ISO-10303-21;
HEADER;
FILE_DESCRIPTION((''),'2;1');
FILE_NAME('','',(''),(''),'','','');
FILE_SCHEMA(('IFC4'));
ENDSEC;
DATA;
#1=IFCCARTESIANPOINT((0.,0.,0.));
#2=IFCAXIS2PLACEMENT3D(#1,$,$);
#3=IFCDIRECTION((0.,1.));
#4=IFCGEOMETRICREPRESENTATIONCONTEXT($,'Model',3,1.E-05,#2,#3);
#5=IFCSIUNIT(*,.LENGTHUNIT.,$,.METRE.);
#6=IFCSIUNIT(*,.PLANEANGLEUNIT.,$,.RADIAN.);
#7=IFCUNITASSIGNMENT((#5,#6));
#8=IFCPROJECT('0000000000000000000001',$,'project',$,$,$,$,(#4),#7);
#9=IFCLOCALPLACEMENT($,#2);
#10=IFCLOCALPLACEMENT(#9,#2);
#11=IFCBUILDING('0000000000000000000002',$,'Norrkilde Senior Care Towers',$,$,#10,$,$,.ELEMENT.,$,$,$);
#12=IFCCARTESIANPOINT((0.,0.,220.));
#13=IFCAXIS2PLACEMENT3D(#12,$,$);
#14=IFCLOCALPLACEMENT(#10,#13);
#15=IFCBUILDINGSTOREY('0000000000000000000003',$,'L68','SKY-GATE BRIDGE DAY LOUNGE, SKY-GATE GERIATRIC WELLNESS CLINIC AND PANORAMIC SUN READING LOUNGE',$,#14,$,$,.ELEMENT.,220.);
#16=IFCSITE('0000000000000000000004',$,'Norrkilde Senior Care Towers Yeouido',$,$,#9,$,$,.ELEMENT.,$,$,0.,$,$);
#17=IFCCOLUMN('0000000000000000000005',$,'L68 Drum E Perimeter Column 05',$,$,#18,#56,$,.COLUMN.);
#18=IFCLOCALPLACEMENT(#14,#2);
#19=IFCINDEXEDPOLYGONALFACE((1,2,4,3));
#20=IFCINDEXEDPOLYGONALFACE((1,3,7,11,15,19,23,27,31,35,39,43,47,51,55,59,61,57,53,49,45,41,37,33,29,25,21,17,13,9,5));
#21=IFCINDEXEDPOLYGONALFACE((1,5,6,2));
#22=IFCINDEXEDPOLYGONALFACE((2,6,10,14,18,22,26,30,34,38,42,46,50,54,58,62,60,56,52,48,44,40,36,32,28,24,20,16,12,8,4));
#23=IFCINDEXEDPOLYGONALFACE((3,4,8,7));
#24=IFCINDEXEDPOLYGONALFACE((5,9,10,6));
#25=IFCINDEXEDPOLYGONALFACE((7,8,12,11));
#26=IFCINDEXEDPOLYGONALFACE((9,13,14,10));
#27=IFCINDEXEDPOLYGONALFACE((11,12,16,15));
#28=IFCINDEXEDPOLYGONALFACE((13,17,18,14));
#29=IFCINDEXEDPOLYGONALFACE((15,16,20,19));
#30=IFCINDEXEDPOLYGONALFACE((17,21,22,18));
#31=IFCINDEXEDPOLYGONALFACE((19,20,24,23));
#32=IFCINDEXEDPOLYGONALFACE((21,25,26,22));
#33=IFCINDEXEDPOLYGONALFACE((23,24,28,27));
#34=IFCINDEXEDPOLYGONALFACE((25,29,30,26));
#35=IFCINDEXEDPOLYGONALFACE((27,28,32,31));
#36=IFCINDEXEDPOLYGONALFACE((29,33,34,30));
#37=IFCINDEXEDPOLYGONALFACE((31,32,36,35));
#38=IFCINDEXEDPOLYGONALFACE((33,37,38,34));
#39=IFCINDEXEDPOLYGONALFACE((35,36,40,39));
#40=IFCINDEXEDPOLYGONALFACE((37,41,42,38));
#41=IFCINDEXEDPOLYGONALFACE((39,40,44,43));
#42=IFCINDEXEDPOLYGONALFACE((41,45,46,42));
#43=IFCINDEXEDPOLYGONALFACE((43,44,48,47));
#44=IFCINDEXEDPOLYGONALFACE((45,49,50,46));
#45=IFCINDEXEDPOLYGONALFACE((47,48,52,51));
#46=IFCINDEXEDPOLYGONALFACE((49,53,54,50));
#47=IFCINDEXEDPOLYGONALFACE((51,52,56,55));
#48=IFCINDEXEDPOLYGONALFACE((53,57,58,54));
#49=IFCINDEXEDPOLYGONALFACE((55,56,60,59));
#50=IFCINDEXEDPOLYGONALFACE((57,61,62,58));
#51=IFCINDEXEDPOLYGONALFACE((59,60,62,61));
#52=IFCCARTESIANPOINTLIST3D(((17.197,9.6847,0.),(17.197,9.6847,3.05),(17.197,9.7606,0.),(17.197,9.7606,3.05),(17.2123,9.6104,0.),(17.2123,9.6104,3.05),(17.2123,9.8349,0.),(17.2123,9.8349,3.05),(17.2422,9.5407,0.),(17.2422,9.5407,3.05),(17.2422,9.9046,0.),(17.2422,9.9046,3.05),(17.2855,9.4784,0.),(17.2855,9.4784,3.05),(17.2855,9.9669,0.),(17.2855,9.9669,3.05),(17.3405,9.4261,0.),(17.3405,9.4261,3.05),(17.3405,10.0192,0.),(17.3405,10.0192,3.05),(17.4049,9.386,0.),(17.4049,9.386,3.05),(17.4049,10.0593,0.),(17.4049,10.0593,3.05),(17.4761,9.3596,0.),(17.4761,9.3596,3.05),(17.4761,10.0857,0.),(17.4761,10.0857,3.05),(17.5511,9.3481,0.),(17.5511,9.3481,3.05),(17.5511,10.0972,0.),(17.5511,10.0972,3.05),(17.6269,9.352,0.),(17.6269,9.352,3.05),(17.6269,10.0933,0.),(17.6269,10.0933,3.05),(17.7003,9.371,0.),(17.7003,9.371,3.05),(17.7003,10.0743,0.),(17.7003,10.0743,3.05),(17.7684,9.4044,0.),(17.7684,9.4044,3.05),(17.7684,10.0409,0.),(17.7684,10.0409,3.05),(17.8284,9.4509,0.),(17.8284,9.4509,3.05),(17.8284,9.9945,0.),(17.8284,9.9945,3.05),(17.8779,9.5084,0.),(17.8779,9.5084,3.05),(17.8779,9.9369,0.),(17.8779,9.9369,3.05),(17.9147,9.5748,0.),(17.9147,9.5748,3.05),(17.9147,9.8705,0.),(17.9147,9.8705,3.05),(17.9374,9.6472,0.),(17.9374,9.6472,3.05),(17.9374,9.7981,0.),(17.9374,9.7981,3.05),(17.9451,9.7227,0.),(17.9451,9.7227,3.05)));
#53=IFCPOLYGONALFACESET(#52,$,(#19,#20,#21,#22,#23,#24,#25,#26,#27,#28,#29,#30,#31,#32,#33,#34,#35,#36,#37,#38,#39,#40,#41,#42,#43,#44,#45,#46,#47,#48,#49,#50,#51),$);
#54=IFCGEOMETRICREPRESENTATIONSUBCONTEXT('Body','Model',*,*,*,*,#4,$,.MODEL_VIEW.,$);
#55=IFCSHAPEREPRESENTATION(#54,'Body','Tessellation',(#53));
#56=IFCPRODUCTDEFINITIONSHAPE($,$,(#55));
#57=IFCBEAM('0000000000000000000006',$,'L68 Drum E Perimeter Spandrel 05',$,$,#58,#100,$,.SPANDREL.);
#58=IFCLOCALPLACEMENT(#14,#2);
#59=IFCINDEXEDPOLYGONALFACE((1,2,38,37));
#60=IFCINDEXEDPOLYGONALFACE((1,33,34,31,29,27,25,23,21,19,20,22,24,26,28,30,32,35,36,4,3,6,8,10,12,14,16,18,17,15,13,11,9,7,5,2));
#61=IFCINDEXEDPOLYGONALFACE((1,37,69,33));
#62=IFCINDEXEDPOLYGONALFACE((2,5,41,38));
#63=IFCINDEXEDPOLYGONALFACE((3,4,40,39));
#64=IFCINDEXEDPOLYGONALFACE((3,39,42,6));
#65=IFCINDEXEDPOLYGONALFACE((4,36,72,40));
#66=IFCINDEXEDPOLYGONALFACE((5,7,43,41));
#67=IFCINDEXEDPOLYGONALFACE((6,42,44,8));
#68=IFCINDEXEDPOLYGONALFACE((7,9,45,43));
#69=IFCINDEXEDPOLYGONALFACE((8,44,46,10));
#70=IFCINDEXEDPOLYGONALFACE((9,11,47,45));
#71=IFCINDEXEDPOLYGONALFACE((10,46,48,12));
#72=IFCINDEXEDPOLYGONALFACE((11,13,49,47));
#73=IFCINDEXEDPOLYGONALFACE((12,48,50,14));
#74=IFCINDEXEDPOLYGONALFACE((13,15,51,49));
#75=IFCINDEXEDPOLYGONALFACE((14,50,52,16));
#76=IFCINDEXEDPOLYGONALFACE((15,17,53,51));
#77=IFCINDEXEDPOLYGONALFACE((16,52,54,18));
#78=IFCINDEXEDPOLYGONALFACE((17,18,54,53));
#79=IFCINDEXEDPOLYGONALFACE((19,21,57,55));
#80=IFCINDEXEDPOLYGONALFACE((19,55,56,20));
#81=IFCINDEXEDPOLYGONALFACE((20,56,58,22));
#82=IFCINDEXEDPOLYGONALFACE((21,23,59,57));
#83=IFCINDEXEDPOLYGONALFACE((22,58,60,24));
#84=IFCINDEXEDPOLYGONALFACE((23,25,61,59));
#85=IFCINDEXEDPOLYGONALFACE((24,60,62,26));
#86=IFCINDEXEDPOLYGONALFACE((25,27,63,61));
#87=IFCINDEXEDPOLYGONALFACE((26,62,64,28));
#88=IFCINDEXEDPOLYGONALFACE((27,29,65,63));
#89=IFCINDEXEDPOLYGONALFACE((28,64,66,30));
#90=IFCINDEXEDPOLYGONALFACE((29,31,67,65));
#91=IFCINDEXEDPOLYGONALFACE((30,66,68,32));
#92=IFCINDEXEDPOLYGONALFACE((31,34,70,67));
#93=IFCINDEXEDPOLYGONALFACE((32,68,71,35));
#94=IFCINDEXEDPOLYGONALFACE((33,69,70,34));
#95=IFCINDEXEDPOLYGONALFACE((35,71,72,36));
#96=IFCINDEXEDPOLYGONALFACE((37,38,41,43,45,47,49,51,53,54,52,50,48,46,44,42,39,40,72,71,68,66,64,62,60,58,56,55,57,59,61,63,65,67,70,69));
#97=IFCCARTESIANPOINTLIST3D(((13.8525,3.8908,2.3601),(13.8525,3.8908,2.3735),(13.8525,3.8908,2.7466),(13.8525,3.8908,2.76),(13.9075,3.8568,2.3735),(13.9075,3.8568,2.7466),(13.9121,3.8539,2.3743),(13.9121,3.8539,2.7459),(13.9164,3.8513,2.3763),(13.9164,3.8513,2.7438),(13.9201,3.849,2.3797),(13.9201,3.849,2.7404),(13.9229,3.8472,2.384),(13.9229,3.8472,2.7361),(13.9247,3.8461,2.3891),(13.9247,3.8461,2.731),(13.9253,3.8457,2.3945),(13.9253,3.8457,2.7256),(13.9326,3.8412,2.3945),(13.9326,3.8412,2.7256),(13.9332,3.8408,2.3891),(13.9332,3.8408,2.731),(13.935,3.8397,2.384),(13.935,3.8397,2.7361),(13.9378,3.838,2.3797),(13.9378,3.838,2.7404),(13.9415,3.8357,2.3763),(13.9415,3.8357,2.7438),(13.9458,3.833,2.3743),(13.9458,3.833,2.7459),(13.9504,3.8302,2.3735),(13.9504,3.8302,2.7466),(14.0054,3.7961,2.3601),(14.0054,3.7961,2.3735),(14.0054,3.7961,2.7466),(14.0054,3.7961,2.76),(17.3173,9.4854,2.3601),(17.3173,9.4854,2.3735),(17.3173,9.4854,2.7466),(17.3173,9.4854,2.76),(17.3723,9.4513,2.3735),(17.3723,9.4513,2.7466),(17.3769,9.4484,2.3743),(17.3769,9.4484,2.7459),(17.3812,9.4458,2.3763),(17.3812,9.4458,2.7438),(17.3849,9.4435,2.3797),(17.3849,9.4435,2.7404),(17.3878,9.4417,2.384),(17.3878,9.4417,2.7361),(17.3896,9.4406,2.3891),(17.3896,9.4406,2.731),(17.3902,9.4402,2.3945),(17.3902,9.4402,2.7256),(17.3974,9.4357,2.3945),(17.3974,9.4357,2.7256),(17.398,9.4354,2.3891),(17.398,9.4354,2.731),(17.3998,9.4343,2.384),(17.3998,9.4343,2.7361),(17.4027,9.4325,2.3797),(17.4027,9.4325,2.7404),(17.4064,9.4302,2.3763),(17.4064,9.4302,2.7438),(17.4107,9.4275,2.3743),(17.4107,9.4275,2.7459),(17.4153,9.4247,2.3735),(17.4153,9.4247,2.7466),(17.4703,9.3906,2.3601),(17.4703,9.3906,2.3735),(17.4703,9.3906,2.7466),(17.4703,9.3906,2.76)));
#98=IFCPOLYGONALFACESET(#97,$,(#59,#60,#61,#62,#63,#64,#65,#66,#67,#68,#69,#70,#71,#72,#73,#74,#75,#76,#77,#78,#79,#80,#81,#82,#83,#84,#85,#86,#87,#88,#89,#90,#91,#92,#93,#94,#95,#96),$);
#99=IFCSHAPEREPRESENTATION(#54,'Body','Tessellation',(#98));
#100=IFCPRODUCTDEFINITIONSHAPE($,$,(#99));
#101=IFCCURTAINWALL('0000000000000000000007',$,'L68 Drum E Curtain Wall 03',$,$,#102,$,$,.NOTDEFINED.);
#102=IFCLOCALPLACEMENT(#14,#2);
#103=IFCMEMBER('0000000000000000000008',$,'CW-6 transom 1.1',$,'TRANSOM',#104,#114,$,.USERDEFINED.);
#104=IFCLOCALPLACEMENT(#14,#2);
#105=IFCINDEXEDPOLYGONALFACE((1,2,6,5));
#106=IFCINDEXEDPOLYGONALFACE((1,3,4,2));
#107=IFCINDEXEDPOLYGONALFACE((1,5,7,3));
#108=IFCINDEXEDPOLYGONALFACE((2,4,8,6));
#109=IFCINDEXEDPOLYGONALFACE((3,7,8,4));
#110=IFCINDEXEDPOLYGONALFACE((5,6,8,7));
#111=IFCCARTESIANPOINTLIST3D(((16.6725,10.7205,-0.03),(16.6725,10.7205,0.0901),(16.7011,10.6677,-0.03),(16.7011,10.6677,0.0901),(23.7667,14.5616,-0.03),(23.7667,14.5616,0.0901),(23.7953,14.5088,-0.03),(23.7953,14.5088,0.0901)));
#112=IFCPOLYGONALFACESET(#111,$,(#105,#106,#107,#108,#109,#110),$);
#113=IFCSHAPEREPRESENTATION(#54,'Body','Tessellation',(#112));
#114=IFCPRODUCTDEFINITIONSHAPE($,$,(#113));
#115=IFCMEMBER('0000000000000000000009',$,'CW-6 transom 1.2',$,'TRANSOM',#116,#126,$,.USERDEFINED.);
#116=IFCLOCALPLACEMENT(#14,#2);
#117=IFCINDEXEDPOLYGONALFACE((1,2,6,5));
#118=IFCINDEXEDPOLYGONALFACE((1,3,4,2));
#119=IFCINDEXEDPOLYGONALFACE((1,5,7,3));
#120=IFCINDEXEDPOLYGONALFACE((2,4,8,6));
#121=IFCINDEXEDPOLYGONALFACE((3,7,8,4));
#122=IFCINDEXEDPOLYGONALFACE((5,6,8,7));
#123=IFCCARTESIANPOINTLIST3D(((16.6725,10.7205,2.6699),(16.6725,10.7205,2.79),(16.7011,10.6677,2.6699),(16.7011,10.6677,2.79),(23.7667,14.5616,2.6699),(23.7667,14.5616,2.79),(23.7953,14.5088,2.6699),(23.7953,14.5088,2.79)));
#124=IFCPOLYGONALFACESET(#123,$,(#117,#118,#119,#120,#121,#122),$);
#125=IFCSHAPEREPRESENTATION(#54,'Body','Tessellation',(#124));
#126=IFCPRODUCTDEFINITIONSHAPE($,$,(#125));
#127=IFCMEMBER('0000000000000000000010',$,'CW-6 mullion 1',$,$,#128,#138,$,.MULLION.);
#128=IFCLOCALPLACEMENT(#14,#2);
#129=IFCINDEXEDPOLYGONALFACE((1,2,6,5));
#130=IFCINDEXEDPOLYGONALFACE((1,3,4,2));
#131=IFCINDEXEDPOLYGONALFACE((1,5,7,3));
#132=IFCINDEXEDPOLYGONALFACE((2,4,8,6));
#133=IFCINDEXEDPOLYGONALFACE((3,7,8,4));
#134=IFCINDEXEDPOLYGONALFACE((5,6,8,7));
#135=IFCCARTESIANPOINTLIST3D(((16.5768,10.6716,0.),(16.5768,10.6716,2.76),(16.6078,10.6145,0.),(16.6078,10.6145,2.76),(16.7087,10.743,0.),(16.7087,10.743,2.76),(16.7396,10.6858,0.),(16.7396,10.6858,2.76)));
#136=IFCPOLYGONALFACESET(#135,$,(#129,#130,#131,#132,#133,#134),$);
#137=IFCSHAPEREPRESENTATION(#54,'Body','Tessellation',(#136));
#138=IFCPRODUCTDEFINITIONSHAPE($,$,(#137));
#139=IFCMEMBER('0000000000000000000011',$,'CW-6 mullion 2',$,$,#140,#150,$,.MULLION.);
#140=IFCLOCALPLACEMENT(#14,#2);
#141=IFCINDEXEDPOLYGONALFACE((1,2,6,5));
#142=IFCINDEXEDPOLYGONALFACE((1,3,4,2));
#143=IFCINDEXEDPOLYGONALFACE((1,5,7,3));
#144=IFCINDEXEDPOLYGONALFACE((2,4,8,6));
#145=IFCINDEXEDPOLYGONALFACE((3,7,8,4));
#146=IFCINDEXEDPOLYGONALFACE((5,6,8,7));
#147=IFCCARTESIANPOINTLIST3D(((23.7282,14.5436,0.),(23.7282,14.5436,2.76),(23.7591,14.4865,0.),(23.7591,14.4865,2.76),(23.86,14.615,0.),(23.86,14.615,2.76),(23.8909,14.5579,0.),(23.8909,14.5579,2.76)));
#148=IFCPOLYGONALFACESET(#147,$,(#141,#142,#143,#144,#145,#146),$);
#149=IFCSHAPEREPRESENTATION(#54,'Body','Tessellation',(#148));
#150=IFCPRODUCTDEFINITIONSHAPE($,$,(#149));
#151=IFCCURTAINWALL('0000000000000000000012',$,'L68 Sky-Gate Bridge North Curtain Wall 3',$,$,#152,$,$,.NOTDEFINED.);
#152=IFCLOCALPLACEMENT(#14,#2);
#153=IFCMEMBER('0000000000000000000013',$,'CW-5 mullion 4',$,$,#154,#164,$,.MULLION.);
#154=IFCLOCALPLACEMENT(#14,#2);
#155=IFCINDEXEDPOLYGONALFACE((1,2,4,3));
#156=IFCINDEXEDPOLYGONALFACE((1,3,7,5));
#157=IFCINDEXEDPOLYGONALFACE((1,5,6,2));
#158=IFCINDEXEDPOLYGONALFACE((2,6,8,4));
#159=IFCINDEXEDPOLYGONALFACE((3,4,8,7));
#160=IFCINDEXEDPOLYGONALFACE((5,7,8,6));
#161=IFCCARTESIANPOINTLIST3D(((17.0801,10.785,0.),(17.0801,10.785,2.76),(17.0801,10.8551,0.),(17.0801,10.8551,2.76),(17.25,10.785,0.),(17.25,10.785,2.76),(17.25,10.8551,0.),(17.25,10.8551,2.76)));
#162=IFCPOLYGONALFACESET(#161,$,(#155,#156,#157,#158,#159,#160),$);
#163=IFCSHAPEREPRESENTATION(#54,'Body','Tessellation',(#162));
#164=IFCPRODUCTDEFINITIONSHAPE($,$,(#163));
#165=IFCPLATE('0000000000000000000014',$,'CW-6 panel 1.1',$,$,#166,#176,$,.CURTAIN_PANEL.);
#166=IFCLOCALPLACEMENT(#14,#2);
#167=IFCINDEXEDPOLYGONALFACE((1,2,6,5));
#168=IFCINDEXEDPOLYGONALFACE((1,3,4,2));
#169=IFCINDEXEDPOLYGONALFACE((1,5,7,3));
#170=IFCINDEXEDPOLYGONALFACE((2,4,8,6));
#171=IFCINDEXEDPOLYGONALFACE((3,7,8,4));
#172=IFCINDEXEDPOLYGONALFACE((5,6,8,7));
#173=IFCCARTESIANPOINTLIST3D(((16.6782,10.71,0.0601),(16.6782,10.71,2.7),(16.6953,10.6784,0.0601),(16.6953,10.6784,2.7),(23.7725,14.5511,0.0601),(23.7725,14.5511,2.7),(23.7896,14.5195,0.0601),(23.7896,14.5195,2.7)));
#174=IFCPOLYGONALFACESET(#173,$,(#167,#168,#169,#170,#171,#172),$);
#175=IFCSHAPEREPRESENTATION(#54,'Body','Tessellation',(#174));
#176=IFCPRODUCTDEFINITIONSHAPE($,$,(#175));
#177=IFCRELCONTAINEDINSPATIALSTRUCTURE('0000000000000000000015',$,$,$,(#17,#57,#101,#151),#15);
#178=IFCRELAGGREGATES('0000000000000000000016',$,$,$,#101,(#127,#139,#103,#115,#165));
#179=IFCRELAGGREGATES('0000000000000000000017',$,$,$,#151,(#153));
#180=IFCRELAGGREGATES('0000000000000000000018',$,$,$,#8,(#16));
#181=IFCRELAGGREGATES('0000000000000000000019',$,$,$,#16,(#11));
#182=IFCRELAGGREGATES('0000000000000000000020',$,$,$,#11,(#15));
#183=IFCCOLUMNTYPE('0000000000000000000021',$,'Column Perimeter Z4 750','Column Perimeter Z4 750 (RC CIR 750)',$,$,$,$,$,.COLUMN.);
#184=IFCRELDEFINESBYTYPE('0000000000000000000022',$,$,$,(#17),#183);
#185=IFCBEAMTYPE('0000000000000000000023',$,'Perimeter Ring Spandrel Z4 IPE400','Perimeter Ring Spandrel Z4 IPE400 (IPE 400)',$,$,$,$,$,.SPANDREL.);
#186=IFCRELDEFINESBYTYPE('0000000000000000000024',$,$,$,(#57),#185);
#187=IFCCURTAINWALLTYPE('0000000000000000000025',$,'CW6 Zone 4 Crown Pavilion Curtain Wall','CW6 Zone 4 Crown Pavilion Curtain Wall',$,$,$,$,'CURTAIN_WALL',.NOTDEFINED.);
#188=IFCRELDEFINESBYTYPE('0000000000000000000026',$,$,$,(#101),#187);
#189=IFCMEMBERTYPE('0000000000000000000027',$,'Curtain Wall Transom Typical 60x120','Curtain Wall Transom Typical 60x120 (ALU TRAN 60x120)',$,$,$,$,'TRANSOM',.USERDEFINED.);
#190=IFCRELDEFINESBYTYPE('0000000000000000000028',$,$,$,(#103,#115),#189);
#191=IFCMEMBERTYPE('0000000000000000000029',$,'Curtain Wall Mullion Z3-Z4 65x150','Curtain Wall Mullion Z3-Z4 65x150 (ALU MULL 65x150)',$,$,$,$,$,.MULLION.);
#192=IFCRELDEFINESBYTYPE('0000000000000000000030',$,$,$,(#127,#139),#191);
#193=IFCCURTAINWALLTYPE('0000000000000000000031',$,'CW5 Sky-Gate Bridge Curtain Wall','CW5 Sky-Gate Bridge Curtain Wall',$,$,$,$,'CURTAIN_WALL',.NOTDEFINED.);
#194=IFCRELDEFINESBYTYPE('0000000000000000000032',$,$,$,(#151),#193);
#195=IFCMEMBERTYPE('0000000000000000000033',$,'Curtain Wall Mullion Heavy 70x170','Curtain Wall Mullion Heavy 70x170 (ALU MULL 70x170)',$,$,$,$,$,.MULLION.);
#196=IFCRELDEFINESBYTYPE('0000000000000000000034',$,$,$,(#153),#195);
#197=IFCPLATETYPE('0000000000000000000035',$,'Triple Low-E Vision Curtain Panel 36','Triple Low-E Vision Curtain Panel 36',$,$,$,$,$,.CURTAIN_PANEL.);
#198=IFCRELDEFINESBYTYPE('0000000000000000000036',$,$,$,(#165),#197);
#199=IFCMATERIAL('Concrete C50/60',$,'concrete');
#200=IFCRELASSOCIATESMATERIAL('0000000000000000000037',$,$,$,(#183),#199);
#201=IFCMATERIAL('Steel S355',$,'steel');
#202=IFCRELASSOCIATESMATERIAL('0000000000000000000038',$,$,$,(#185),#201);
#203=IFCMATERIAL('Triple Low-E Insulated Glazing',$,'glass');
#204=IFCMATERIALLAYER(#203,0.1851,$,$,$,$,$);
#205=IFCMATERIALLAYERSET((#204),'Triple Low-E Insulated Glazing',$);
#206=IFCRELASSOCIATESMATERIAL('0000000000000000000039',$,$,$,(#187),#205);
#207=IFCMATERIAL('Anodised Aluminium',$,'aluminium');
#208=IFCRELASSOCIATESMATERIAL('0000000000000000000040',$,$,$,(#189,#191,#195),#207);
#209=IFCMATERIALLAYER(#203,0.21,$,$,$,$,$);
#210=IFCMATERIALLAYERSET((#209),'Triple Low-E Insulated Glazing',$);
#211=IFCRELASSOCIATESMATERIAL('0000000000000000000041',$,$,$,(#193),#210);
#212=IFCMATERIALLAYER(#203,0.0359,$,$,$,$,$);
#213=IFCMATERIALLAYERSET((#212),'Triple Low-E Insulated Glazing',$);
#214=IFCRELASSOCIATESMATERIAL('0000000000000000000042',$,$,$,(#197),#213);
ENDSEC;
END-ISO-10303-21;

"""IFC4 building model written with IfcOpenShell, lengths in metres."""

from ifc_helpers import new_model, si_unit, direction, frame, origin, origin_2d, place, context, subcontext, project, spatial, rectangle, circle, i_section, extrude, source, transform, mapped, material, layer, layer_set, material_profile, profile_set, type_object, type_shapes, element, aggregate, save


model = new_model("IFC4")

# Units and contexts
model_context = context("Model", 3, precision=1e-05, world=origin(), true_north=direction((0.0, 1.0)))
body_context = subcontext(model_context, "Body", "Model", "MODEL_VIEW")
ifc_project = project(units=[si_unit("LENGTHUNIT", "METRE"), si_unit("PLANEANGLEUNIT", "RADIAN")], contexts=[model_context])

# Site, building, storey
site_placement = place(None, origin())
site = spatial("IfcSite", under=ifc_project, at=site_placement, Name="Norrkilde Senior Care Towers Yeouido", CompositionType="ELEMENT", RefElevation=0.0)
building_placement = place(site_placement, origin())
building = spatial("IfcBuilding", under=site, at=building_placement, Name="Norrkilde Senior Care Towers", CompositionType="ELEMENT")
storey_placement = place(building_placement, frame((0.0, 0.0, 220.0)))
storey = spatial("IfcBuildingStorey", under=building, at=storey_placement, Name="L68", Description="SKY-GATE BRIDGE DAY LOUNGE, SKY-GATE GERIATRIC WELLNESS CLINIC AND PANORAMIC SUN READING LOUNGE", CompositionType="ELEMENT", Elevation=220.0)

# Column
ifc_material_1 = material(Name="Concrete C50/60", Category="concrete")
ifc_material_profile_1 = material_profile(ifc_material_1, circle(Radius=0.375, at=origin_2d()), Name="RC CIR 750")
ifc_profile_set_1 = profile_set([ifc_material_profile_1], Name="Concrete C50/60")
column_type = type_object("IfcColumnType", Name="Column Perimeter Z4 750", Description="Column Perimeter Z4 750 (RC CIR 750)", PredefinedType="COLUMN", material=ifc_profile_set_1)
shared_shape_1 = source(origin(), body_context, "Body", "SweptSolid", [
    extrude(circle(Radius=0.375, at=origin_2d()), origin(), (0.0, 0.0, 1.0), 3.05),
])
type_shapes(column_type, [shared_shape_1])
column_placement = place(storey_placement, frame((17.5701, 9.7227, 0.0), z_axis=(0.0, 0.0, 1.0), x_axis=(1.0, 0.0, 0.0)))
element("IfcColumn", 1, at=column_placement, inside=storey, type_object=column_type, Name="L68 Drum E Perimeter Column 05", PredefinedType="COLUMN", context=body_context, shape_type="MappedRepresentation", body=[
    mapped(shared_shape_1, transform((0.0, 0.0, 0.0), x_axis=(1.0, 0.0, 0.0), y_axis=(0.0, 1.0, 0.0), z_axis=(0.0, 0.0, 1.0), scale=1.0)),
])

# Beam
ifc_material_2 = material(Name="Steel S355", Category="steel")
ifc_material_profile_2 = material_profile(ifc_material_2, i_section(OverallWidth=0.1799, OverallDepth=0.3999, WebThickness=0.0085, FlangeThickness=0.0134, FilletRadius=0.021, at=origin_2d()), Name="IPE 400")
ifc_profile_set_2 = profile_set([ifc_material_profile_2], Name="Steel S355")
beam_type = type_object("IfcBeamType", Name="Perimeter Ring Spandrel Z4 IPE400", Description="Perimeter Ring Spandrel Z4 IPE400 (IPE 400)", PredefinedType="SPANDREL", material=ifc_profile_set_2)
shared_shape_2 = source(origin(), body_context, "Body", "SweptSolid", [
    extrude(i_section(OverallWidth=0.1799, OverallDepth=0.3999, WebThickness=0.0085, FlangeThickness=0.0134, FilletRadius=0.021, at=origin_2d()), origin(), (0.0, 0.0, 1.0), 6.5806),
])
type_shapes(beam_type, [shared_shape_2])
beam_placement = place(storey_placement, frame((17.3938, 9.438, 2.5601), z_axis=(-0.52653, -0.850157, 0.0), x_axis=(0.850157, -0.52653, 0.0)))
element("IfcBeam", 2, at=beam_placement, inside=storey, type_object=beam_type, Name="L68 Drum E Perimeter Spandrel 05", PredefinedType="SPANDREL", context=body_context, shape_type="MappedRepresentation", body=[
    mapped(shared_shape_2, transform((0.0, 0.0, 0.0), x_axis=(1.0, 0.0, 0.0), y_axis=(0.0, 1.0, 0.0), z_axis=(0.0, 0.0, 1.0), scale=1.0)),
])

# Curtain wall, members
ifc_material_3 = material(Name="Triple Low-E Insulated Glazing", Category="glass")
ifc_layer_1 = layer(ifc_material_3, 0.1851)
ifc_layer_set_1 = layer_set([ifc_layer_1], Name="Triple Low-E Insulated Glazing")
curtain_wall_type_1 = type_object("IfcCurtainWallType", Name="CW6 Zone 4 Crown Pavilion Curtain Wall", Description="CW6 Zone 4 Crown Pavilion Curtain Wall", ElementType="CURTAIN_WALL", PredefinedType="NOTDEFINED", material=ifc_layer_set_1)
curtain_wall_1_placement = place(storey_placement, origin())
curtain_wall_1 = element("IfcCurtainWall", 3, at=curtain_wall_1_placement, inside=storey, type_object=curtain_wall_type_1, Name="L68 Drum E Curtain Wall 03", PredefinedType="NOTDEFINED")
ifc_material_4 = material(Name="Anodised Aluminium", Category="aluminium")
ifc_material_profile_3 = material_profile(ifc_material_4, rectangle(XDim=0.0601, YDim=0.1201, at=origin_2d()), Name="ALU TRAN 60x120")
ifc_profile_set_3 = profile_set([ifc_material_profile_3], Name="Anodised Aluminium")
member_type_1 = type_object("IfcMemberType", Name="Curtain Wall Transom Typical 60x120", Description="Curtain Wall Transom Typical 60x120 (ALU TRAN 60x120)", ElementType="TRANSOM", PredefinedType="USERDEFINED", material=ifc_profile_set_3)
shared_shape_3 = source(origin(), body_context, "Body", "SweptSolid", [
    extrude(rectangle(XDim=0.0601, YDim=0.1201, at=origin_2d()), origin(), (0.0, 0.0, 1.0), 8.0674),
])
type_shapes(member_type_1, [shared_shape_3])
member_1_placement = place(storey_placement, frame((16.6868, 10.6941, 0.03), z_axis=(0.879378, 0.476125, 0.0), x_axis=(-0.476125, 0.879378, 0.0)))
member_1 = element("IfcMember", 4, at=member_1_placement, type_object=member_type_1, Name="CW-6 transom 1.1", ObjectType="TRANSOM", PredefinedType="USERDEFINED", context=body_context, shape_type="MappedRepresentation", body=[
    mapped(shared_shape_3, transform((0.0, 0.0, 0.0), x_axis=(1.0, 0.0, 0.0), y_axis=(0.0, 1.0, 0.0), z_axis=(0.0, 0.0, 1.0), scale=1.0)),
])
member_2_placement = place(storey_placement, frame((16.6868, 10.6941, 2.73), z_axis=(0.879378, 0.476125, 0.0), x_axis=(-0.476125, 0.879378, 0.0)))
member_2 = element("IfcMember", 5, at=member_2_placement, type_object=member_type_1, Name="CW-6 transom 1.2", ObjectType="TRANSOM", PredefinedType="USERDEFINED", context=body_context, shape_type="MappedRepresentation", body=[
    mapped(shared_shape_3, transform((0.0, 0.0, 0.0), x_axis=(1.0, 0.0, 0.0), y_axis=(0.0, 1.0, 0.0), z_axis=(0.0, 0.0, 1.0), scale=1.0)),
])
ifc_material_profile_4 = material_profile(ifc_material_4, rectangle(XDim=0.0649, YDim=0.1499, at=origin_2d()), Name="ALU MULL 65x150")
ifc_profile_set_4 = profile_set([ifc_material_profile_4], Name="Anodised Aluminium")
member_type_2 = type_object("IfcMemberType", Name="Curtain Wall Mullion Z3-Z4 65x150", Description="Curtain Wall Mullion Z3-Z4 65x150 (ALU MULL 65x150)", PredefinedType="MULLION", material=ifc_profile_set_4)
shared_shape_4 = source(origin(), body_context, "Body", "SweptSolid", [
    extrude(rectangle(XDim=0.0649, YDim=0.1499, at=origin_2d()), origin(), (0.0, 0.0, 1.0), 2.76),
])
type_shapes(member_type_2, [shared_shape_4])
member_3_placement = place(storey_placement, frame((16.6582, 10.6787, 0.0), z_axis=(0.0, 0.0, 1.0), x_axis=(-0.476133, 0.879373, 0.0)))
member_3 = element("IfcMember", 6, at=member_3_placement, type_object=member_type_2, Name="CW-6 mullion 1", PredefinedType="MULLION", context=body_context, shape_type="MappedRepresentation", body=[
    mapped(shared_shape_4, transform((0.0, 0.0, 0.0), x_axis=(1.0, 0.0, 0.0), y_axis=(0.0, 1.0, 0.0), z_axis=(0.0, 0.0, 1.0), scale=1.0)),
])
member_4_placement = place(storey_placement, frame((23.8096, 14.5508, 0.0), z_axis=(0.0, 0.0, 1.0), x_axis=(-0.476133, 0.879373, 0.0)))
member_4 = element("IfcMember", 7, at=member_4_placement, type_object=member_type_2, Name="CW-6 mullion 2", PredefinedType="MULLION", context=body_context, shape_type="MappedRepresentation", body=[
    mapped(shared_shape_4, transform((0.0, 0.0, 0.0), x_axis=(1.0, 0.0, 0.0), y_axis=(0.0, 1.0, 0.0), z_axis=(0.0, 0.0, 1.0), scale=1.0)),
])

# Curtain wall, member
ifc_layer_2 = layer(ifc_material_3, 0.21)
ifc_layer_set_2 = layer_set([ifc_layer_2], Name="Triple Low-E Insulated Glazing")
curtain_wall_type_2 = type_object("IfcCurtainWallType", Name="CW5 Sky-Gate Bridge Curtain Wall", Description="CW5 Sky-Gate Bridge Curtain Wall", ElementType="CURTAIN_WALL", PredefinedType="NOTDEFINED", material=ifc_layer_set_2)
curtain_wall_2_placement = place(storey_placement, origin())
curtain_wall_2 = element("IfcCurtainWall", 8, at=curtain_wall_2_placement, inside=storey, type_object=curtain_wall_type_2, Name="L68 Sky-Gate Bridge North Curtain Wall 3", PredefinedType="NOTDEFINED")
ifc_material_profile_5 = material_profile(ifc_material_4, rectangle(XDim=0.0701, YDim=0.1699, at=origin_2d()), Name="ALU MULL 70x170")
ifc_profile_set_5 = profile_set([ifc_material_profile_5], Name="Anodised Aluminium")
member_type_3 = type_object("IfcMemberType", Name="Curtain Wall Mullion Heavy 70x170", Description="Curtain Wall Mullion Heavy 70x170 (ALU MULL 70x170)", PredefinedType="MULLION", material=ifc_profile_set_5)
shared_shape_5 = source(origin(), body_context, "Body", "SweptSolid", [
    extrude(rectangle(XDim=0.0701, YDim=0.1699, at=origin_2d()), origin(), (0.0, 0.0, 1.0), 2.76),
])
type_shapes(member_type_3, [shared_shape_5])
member_5_placement = place(storey_placement, frame((17.165, 10.8201, 0.0), z_axis=(0.0, 0.0, 1.0), x_axis=(0.0, 1.0, 0.0)))
member_5 = element("IfcMember", 9, at=member_5_placement, type_object=member_type_3, Name="CW-5 mullion 4", PredefinedType="MULLION", context=body_context, shape_type="MappedRepresentation", body=[
    mapped(shared_shape_5, transform((0.0, 0.0, 0.0), x_axis=(1.0, 0.0, 0.0), y_axis=(0.0, 1.0, 0.0), z_axis=(0.0, 0.0, 1.0), scale=1.0)),
])

# Plate
ifc_layer_3 = layer(ifc_material_3, 0.0359)
ifc_layer_set_3 = layer_set([ifc_layer_3], Name="Triple Low-E Insulated Glazing")
plate_type = type_object("IfcPlateType", Name="Triple Low-E Vision Curtain Panel 36", Description="Triple Low-E Vision Curtain Panel 36", PredefinedType="CURTAIN_PANEL", material=ifc_layer_set_3)
shared_shape_6 = source(origin(), body_context, "Body", "SweptSolid", [
    extrude(rectangle(XDim=8.0674, YDim=0.0359, at=origin_2d()), origin(), (0.0, 0.0, 1.0), 2.6399),
])
plate_1_placement = place(storey_placement, frame((20.2339, 12.6147, 0.0601), z_axis=(0.0, 0.0, 1.0), x_axis=(0.879373, 0.476133, 0.0)))
plate_1 = element("IfcPlate", 10, at=plate_1_placement, type_object=plate_type, Name="CW-6 panel 1.1", PredefinedType="CURTAIN_PANEL", context=body_context, shape_type="MappedRepresentation", body=[
    mapped(shared_shape_6, transform((0.0, 0.0, 0.0), x_axis=(1.0, 0.0, 0.0), y_axis=(0.0, 1.0, 0.0), z_axis=(0.0, 0.0, 1.0), scale=1.0)),
])
aggregate(curtain_wall_1, [member_3, member_4, member_1, member_2, plate_1])
aggregate(curtain_wall_2, [member_5])

save(model, "model.ifc")
